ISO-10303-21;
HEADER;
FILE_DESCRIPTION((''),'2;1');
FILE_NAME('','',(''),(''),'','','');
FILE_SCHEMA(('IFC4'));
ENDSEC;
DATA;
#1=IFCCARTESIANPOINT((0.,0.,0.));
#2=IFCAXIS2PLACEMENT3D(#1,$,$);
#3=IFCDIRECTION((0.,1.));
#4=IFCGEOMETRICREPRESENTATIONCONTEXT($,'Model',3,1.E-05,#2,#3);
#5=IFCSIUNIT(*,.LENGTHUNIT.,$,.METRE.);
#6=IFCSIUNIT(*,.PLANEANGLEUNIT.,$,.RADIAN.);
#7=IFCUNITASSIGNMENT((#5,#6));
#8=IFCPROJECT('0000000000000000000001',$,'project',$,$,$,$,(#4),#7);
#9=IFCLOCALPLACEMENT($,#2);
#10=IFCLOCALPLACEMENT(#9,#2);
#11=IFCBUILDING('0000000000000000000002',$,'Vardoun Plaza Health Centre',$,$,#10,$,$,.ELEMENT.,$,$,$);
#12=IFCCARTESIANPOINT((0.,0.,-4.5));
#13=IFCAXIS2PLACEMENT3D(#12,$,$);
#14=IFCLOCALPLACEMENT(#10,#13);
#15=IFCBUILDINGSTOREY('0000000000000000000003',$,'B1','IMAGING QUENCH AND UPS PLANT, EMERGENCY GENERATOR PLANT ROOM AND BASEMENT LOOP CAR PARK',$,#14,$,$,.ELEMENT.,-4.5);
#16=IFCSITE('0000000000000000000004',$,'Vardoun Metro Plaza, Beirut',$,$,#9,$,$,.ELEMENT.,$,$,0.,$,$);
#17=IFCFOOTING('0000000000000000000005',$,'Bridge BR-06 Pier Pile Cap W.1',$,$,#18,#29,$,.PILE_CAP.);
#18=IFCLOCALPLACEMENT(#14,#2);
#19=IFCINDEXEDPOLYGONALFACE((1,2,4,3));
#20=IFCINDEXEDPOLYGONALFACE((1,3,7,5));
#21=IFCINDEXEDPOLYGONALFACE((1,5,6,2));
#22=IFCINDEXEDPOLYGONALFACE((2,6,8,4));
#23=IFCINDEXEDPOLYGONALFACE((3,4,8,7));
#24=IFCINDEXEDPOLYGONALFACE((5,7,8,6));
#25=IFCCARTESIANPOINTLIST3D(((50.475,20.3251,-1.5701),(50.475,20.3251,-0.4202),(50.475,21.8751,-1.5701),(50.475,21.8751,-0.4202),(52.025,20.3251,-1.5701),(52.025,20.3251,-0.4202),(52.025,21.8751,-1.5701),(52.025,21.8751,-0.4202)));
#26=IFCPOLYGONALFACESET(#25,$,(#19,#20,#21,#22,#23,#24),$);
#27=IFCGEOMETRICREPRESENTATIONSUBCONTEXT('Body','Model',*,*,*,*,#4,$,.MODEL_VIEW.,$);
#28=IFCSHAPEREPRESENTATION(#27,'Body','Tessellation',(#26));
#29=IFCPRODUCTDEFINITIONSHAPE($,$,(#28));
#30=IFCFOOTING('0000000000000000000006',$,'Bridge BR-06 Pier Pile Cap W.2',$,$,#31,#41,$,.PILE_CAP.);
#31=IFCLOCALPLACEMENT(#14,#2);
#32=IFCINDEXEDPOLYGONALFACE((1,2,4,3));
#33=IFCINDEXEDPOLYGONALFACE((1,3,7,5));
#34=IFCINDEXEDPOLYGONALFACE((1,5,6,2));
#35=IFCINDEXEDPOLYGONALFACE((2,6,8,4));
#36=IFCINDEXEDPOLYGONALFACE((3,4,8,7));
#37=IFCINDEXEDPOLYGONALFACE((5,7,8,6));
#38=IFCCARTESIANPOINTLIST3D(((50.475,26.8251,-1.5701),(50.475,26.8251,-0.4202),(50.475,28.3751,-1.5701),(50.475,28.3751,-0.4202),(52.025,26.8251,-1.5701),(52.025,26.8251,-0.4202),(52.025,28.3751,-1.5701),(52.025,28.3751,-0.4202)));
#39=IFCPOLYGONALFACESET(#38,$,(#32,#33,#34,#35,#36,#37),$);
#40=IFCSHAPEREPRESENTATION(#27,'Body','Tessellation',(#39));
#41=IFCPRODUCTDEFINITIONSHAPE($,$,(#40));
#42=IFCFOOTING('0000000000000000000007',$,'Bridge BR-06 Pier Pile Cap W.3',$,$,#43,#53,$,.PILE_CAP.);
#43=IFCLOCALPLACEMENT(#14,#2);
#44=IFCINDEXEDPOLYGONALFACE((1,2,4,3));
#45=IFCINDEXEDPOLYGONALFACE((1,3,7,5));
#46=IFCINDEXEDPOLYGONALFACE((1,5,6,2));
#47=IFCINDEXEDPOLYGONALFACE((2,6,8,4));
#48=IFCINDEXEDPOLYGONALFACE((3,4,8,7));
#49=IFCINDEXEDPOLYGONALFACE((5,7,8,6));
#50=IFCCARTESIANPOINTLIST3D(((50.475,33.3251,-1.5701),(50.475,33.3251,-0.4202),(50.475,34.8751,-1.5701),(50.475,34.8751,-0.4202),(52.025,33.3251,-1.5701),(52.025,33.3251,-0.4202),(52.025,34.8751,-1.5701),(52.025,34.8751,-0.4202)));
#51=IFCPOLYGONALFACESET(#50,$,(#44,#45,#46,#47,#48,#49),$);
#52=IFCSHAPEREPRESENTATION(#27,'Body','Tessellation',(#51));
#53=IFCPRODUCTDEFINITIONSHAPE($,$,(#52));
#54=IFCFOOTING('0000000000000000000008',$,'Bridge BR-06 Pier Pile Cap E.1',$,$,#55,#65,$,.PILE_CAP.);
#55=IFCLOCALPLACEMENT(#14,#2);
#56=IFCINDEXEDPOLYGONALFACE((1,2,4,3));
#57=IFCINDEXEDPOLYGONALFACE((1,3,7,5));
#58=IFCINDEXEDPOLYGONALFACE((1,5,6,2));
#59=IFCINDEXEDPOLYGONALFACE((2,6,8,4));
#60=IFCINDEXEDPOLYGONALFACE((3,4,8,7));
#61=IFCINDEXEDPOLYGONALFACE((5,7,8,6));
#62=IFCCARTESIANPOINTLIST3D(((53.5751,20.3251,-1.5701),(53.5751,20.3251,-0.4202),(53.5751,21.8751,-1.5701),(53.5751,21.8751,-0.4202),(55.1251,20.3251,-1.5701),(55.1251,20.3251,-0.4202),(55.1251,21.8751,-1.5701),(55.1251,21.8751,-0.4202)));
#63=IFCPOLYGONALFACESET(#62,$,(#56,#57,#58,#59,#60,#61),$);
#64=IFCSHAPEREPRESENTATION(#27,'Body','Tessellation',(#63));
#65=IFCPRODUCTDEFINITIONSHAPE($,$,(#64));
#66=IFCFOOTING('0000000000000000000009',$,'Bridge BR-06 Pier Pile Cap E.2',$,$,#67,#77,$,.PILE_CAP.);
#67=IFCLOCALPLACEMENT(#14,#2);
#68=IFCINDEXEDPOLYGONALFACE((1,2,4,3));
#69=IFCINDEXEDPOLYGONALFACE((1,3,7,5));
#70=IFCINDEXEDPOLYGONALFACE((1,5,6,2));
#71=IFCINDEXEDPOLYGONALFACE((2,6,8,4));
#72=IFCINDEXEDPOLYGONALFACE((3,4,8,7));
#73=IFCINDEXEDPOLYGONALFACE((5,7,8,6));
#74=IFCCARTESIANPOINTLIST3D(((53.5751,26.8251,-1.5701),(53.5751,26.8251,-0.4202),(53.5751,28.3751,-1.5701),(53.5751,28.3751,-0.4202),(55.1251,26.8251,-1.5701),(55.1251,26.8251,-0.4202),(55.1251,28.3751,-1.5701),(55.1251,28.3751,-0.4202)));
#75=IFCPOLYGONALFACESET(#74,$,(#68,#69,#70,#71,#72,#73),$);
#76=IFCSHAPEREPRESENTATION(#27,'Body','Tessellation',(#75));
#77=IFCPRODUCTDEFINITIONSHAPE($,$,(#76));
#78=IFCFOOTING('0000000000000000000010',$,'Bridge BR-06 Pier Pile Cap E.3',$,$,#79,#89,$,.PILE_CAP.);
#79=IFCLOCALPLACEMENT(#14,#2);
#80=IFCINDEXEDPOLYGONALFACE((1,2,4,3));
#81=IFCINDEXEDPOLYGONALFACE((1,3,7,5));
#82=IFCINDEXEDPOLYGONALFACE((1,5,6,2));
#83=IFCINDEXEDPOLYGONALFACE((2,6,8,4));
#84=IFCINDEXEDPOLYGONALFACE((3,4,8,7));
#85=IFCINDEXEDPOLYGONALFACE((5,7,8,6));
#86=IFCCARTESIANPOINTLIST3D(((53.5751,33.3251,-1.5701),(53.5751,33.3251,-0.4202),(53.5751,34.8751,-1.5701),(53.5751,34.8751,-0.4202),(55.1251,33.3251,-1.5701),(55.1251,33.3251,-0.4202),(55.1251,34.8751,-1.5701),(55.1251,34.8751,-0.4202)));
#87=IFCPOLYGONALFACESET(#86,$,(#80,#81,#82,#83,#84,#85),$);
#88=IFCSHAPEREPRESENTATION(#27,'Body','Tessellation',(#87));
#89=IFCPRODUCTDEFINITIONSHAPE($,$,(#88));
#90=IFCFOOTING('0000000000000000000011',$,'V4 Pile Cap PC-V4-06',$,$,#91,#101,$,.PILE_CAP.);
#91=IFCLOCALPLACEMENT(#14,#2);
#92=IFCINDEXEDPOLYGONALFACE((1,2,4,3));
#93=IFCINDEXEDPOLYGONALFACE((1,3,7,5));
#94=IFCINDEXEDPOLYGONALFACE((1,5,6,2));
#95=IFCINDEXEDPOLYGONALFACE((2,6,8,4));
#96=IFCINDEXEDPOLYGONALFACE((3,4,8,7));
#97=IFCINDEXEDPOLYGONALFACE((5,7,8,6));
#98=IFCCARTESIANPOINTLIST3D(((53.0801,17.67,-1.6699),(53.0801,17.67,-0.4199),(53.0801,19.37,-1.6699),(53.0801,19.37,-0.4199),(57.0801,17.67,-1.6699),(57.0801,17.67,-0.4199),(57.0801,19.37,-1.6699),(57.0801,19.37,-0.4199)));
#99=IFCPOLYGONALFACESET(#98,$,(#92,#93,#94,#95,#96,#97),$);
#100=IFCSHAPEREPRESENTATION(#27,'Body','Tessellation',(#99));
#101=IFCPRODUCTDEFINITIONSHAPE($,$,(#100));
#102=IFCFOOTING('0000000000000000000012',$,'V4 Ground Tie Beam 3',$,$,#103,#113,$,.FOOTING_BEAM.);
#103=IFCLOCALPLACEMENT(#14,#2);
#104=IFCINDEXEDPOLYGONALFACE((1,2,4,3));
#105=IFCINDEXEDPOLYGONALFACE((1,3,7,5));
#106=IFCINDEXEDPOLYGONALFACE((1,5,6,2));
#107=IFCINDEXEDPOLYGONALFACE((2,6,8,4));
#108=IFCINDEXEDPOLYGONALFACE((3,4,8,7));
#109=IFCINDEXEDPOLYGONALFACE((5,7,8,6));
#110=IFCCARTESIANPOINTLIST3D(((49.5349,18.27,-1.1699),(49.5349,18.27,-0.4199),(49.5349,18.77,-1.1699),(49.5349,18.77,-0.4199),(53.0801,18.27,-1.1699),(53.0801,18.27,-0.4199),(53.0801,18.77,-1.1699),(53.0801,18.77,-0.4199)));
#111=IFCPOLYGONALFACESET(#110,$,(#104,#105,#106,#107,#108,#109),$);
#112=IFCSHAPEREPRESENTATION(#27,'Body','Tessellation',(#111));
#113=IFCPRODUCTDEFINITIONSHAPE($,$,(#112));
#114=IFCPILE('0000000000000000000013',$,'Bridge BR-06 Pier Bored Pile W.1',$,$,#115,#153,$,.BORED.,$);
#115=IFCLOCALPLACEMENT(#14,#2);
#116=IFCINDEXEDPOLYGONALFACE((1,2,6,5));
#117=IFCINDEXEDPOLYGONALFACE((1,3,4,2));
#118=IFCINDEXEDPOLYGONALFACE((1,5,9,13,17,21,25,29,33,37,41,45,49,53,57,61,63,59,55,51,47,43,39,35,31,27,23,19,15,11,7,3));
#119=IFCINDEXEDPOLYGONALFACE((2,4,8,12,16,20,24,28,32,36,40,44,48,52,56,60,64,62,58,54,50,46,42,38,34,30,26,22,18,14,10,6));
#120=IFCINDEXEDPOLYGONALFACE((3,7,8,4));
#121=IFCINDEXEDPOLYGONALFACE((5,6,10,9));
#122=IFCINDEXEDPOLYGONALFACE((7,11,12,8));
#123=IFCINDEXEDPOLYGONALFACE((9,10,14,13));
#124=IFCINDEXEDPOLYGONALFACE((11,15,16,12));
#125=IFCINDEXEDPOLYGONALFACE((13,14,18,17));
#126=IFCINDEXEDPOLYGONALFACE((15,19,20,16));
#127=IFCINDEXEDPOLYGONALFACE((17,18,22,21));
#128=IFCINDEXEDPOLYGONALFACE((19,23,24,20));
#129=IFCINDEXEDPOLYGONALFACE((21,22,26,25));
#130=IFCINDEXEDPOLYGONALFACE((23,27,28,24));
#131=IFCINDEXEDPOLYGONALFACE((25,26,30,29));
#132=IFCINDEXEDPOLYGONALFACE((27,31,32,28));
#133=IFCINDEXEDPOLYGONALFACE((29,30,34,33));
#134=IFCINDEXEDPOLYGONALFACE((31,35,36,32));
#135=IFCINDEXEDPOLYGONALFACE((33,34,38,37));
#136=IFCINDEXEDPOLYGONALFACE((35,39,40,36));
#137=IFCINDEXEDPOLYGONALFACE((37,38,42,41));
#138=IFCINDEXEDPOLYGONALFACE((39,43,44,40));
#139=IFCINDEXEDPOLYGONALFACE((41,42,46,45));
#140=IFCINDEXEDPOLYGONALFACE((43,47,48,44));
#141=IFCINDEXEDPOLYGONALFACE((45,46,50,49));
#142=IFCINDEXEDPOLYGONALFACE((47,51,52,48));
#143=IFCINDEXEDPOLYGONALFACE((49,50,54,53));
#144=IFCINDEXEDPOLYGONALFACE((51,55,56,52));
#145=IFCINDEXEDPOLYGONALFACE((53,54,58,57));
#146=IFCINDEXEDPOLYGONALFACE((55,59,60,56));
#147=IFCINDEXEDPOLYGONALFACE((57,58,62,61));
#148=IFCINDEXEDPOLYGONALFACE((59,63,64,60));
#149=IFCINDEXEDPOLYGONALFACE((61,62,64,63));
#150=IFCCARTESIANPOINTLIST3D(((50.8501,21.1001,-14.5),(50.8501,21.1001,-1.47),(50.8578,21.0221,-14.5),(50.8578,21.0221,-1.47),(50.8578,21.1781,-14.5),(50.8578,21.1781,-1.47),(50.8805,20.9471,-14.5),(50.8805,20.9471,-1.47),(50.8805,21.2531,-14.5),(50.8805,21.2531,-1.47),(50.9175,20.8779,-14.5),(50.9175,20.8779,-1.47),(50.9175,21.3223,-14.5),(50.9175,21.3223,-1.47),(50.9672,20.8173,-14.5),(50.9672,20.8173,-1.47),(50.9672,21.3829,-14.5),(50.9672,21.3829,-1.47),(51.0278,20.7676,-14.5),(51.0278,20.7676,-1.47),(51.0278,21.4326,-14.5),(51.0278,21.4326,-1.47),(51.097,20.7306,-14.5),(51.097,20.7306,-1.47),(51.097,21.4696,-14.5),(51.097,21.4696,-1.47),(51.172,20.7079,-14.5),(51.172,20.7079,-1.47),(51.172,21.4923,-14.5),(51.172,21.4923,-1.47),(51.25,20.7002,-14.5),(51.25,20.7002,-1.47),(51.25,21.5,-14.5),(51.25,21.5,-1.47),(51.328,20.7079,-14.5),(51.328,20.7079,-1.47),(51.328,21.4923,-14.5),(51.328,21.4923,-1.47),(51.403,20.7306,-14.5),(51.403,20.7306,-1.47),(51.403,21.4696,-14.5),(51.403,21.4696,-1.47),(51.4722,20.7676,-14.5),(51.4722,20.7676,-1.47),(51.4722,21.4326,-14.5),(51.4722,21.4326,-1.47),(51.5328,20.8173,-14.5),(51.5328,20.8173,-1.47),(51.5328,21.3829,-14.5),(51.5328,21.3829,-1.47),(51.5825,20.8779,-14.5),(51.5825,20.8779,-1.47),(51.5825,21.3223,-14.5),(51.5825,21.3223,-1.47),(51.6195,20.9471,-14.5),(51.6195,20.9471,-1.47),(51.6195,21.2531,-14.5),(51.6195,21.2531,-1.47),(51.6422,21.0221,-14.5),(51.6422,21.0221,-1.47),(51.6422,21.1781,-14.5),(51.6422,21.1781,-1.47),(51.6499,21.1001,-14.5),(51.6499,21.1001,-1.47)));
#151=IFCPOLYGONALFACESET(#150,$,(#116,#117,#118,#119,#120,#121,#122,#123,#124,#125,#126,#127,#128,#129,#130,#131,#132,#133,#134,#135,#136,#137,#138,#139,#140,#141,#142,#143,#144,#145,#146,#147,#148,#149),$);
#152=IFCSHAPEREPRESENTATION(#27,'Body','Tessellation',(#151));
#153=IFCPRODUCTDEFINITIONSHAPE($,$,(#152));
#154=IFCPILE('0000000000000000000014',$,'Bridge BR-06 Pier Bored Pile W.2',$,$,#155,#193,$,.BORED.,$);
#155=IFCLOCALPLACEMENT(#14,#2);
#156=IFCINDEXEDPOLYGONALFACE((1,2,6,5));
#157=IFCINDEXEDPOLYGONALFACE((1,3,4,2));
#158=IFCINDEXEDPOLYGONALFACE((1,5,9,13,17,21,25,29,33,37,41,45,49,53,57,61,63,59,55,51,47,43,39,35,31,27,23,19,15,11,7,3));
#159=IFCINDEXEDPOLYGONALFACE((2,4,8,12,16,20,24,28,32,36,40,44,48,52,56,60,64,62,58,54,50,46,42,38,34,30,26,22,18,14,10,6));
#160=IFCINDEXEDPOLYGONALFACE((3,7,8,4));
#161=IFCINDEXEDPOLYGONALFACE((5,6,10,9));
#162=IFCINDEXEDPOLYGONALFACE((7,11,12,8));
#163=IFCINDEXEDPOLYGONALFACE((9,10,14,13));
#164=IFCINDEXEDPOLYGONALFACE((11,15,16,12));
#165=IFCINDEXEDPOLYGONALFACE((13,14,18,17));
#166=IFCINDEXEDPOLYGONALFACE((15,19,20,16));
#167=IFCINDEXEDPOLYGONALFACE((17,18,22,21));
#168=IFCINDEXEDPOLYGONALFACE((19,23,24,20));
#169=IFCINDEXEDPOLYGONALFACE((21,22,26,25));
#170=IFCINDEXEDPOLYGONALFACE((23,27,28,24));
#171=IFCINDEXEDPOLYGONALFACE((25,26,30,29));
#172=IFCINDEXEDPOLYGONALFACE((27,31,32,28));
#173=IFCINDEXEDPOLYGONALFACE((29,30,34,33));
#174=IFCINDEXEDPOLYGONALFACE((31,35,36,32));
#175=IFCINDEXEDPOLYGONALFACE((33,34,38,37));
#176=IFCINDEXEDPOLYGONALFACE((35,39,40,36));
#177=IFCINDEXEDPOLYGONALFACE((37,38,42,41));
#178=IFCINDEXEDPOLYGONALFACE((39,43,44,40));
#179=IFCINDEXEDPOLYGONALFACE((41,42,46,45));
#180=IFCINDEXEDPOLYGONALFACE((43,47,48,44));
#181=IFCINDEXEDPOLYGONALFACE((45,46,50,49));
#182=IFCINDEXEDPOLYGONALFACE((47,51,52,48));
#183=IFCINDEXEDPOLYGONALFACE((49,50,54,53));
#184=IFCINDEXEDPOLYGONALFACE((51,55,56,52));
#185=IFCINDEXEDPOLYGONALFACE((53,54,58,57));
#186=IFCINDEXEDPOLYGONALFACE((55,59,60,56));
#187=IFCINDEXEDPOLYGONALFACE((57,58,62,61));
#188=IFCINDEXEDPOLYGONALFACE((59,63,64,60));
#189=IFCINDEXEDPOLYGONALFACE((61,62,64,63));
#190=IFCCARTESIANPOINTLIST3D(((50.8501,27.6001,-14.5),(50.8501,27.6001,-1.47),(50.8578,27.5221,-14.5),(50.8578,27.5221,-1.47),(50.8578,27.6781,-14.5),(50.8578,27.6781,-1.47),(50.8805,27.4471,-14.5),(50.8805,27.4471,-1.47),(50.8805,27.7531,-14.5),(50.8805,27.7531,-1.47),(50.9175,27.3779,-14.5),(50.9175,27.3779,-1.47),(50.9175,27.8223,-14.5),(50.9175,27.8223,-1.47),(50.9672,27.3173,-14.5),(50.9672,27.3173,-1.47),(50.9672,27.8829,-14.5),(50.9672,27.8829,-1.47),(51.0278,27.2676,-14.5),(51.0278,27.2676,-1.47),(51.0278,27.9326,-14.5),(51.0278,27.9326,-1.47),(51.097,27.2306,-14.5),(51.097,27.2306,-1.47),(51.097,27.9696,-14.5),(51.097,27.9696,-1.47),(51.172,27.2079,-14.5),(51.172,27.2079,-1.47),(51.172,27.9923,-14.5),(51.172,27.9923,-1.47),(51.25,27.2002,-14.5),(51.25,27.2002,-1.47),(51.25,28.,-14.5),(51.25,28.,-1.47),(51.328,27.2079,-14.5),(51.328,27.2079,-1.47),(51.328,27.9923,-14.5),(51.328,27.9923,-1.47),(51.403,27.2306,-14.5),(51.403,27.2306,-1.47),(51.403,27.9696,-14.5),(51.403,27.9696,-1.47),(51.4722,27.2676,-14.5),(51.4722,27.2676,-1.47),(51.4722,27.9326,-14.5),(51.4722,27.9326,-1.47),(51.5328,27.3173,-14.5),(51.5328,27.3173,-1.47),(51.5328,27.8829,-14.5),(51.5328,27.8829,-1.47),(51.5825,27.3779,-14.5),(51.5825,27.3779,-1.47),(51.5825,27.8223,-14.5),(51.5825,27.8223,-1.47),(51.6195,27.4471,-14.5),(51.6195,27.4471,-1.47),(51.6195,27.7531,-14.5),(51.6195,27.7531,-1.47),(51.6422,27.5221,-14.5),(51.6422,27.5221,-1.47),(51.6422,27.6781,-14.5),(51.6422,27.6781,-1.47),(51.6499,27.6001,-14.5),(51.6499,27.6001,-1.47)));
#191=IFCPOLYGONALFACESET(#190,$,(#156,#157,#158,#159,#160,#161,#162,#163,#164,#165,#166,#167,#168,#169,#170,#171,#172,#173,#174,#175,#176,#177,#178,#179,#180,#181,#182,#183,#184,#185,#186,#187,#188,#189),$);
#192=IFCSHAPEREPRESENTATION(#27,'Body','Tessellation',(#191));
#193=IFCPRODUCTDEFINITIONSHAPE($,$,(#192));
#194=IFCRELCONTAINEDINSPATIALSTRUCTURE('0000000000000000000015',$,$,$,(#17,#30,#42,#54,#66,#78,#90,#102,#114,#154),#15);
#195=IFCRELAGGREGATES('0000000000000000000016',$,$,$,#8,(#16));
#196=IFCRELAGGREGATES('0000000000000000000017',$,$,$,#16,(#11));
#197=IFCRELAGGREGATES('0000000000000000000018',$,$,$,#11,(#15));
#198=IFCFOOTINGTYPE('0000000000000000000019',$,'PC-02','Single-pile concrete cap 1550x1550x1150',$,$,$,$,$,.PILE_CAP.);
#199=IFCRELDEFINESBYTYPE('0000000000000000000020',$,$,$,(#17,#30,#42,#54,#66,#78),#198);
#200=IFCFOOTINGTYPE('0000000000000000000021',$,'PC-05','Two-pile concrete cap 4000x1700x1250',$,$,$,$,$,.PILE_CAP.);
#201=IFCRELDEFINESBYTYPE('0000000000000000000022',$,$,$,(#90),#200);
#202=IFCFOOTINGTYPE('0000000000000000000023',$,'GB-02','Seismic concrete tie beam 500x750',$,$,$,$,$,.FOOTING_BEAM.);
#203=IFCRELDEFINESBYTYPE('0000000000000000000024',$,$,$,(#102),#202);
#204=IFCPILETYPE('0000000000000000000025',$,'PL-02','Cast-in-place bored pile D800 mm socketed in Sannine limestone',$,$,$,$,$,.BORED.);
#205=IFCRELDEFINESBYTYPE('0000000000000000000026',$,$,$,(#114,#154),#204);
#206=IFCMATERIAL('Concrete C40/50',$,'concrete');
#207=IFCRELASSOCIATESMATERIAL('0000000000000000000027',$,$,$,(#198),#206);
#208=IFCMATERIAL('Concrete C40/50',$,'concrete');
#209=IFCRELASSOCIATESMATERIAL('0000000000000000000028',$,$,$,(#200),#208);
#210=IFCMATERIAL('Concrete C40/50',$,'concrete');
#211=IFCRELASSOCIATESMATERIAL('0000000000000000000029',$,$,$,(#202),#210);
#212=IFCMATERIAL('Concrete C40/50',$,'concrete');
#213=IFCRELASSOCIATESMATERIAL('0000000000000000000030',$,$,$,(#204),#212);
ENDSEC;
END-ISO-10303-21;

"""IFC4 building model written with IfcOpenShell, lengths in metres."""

from ifc_helpers import new_model, si_unit, direction, frame, origin, origin_2d, place, context, subcontext, project, spatial, rectangle, circle, extrude, material, material_profile, profile_set, type_object, element, save


model = new_model("IFC4")

# Units and contexts
model_context = context("Model", 3, precision=1e-05, world=origin(), true_north=direction((0.0, 1.0)))
body_context = subcontext(model_context, "Body", "Model", "MODEL_VIEW")
ifc_project = project(units=[si_unit("LENGTHUNIT", "METRE"), si_unit("PLANEANGLEUNIT", "RADIAN")], contexts=[model_context])

# Site, building, storey
site_placement = place(None, origin())
site = spatial("IfcSite", under=ifc_project, at=site_placement, Name="Vardoun Metro Plaza, Beirut", CompositionType="ELEMENT", RefElevation=0.0)
building_placement = place(site_placement, origin())
building = spatial("IfcBuilding", under=site, at=building_placement, Name="Vardoun Plaza Health Centre", CompositionType="ELEMENT")
storey_placement = place(building_placement, frame((0.0, 0.0, -4.5)))
storey = spatial("IfcBuildingStorey", under=building, at=storey_placement, Name="B1", Description="IMAGING QUENCH AND UPS PLANT, EMERGENCY GENERATOR PLANT ROOM AND BASEMENT LOOP CAR PARK", CompositionType="ELEMENT", Elevation=-4.5)

# Footings
ifc_material_1 = material(Name="Concrete C40/50", Category="concrete")
footing_type_1 = type_object("IfcFootingType", Name="PC-02", Description="Single-pile concrete cap 1550x1550x1150", PredefinedType="PILE_CAP", material=ifc_material_1)
for number, where, z_axis, x_axis, name in (
    (1, (51.25, 21.1001, -1.5701), (0.0, 0.0, 1.0), (1.0, 0.0, 0.0), "Bridge BR-06 Pier Pile Cap W.1"),
    (2, (51.25, 27.6001, -1.5701), (0.0, 0.0, 1.0), (1.0, 0.0, 0.0), "Bridge BR-06 Pier Pile Cap W.2"),
    (3, (51.25, 34.1001, -1.5701), (0.0, 0.0, 1.0), (1.0, 0.0, 0.0), "Bridge BR-06 Pier Pile Cap W.3"),
    (4, (54.3501, 21.1001, -1.5701), (0.0, 0.0, 1.0), (1.0, 0.0, 0.0), "Bridge BR-06 Pier Pile Cap E.1"),
    (5, (54.3501, 27.6001, -1.5701), (0.0, 0.0, 1.0), (1.0, 0.0, 0.0), "Bridge BR-06 Pier Pile Cap E.2"),
    (6, (54.3501, 34.1001, -1.5701), (0.0, 0.0, 1.0), (1.0, 0.0, 0.0), "Bridge BR-06 Pier Pile Cap E.3"),
):
    element("IfcFooting", number, at=place(storey_placement, frame(where, z_axis=z_axis, x_axis=x_axis)), inside=storey, type_object=footing_type_1, Name=name, PredefinedType="PILE_CAP", context=body_context, shape_type="SweptSolid", body=[
        extrude(rectangle(XDim=1.55, YDim=1.55, at=origin_2d()), origin(), (0.0, 0.0, 1.0), 1.1499),
    ])
ifc_material_2 = material(Name="Concrete C40/50", Category="concrete")
footing_type_2 = type_object("IfcFootingType", Name="PC-05", Description="Two-pile concrete cap 4000x1700x1250", PredefinedType="PILE_CAP", material=ifc_material_2)
footing_1_placement = place(storey_placement, frame((55.0801, 18.52, -1.6699), z_axis=(0.0, 0.0, 1.0), x_axis=(1.0, 0.0, 0.0)))
element("IfcFooting", 7, at=footing_1_placement, inside=storey, type_object=footing_type_2, Name="V4 Pile Cap PC-V4-06", PredefinedType="PILE_CAP", context=body_context, shape_type="SweptSolid", body=[
    extrude(rectangle(XDim=4.0, YDim=1.7, at=origin_2d()), origin(), (0.0, 0.0, 1.0), 1.25),
])
ifc_material_3 = material(Name="Concrete C40/50", Category="concrete")
ifc_material_profile_1 = material_profile(ifc_material_3, rectangle(XDim=0.5, YDim=0.75, at=origin_2d()), Name="GB 500x750")
ifc_profile_set_1 = profile_set([ifc_material_profile_1], Name="Concrete C40/50")
footing_type_3 = type_object("IfcFootingType", Name="GB-02", Description="Seismic concrete tie beam 500x750", PredefinedType="FOOTING_BEAM", material=ifc_profile_set_1)
footing_2_placement = place(storey_placement, frame((49.5349, 18.52, -0.7949), z_axis=(1.0, 0.0, 0.0), x_axis=(0.0, 1.0, 0.0)))
element("IfcFooting", 8, at=footing_2_placement, inside=storey, type_object=footing_type_3, Name="V4 Ground Tie Beam 3", PredefinedType="FOOTING_BEAM", context=body_context, shape_type="SweptSolid", body=[
    extrude(rectangle(XDim=0.5, YDim=0.75, at=origin_2d()), origin(), (0.0, 0.0, 1.0), 3.5452),
])

# Piles
ifc_material_4 = material(Name="Concrete C40/50", Category="concrete")
ifc_material_profile_2 = material_profile(ifc_material_4, circle(Radius=0.3999, at=origin_2d()), Name="PILE D800")
ifc_profile_set_2 = profile_set([ifc_material_profile_2], Name="Concrete C40/50")
pile_type_1 = type_object("IfcPileType", Name="PL-02", Description="Cast-in-place bored pile D800 mm socketed in Sannine limestone", PredefinedType="BORED", material=ifc_profile_set_2)
for number, where, z_axis, x_axis, name in (
    (9, (51.25, 21.1001, -1.47), (0.0, 0.0, -1.0), (1.0, 0.0, 0.0), "Bridge BR-06 Pier Bored Pile W.1"),
    (10, (51.25, 27.6001, -1.47), (0.0, 0.0, -1.0), (1.0, 0.0, 0.0), "Bridge BR-06 Pier Bored Pile W.2"),
):
    element("IfcPile", number, at=place(storey_placement, frame(where, z_axis=z_axis, x_axis=x_axis)), inside=storey, type_object=pile_type_1, Name=name, PredefinedType="BORED", context=body_context, shape_type="SweptSolid", body=[
        extrude(circle(Radius=0.3999, at=origin_2d()), origin(), (0.0, 0.0, 1.0), 13.03),
    ])

save(model, "model.ifc")
